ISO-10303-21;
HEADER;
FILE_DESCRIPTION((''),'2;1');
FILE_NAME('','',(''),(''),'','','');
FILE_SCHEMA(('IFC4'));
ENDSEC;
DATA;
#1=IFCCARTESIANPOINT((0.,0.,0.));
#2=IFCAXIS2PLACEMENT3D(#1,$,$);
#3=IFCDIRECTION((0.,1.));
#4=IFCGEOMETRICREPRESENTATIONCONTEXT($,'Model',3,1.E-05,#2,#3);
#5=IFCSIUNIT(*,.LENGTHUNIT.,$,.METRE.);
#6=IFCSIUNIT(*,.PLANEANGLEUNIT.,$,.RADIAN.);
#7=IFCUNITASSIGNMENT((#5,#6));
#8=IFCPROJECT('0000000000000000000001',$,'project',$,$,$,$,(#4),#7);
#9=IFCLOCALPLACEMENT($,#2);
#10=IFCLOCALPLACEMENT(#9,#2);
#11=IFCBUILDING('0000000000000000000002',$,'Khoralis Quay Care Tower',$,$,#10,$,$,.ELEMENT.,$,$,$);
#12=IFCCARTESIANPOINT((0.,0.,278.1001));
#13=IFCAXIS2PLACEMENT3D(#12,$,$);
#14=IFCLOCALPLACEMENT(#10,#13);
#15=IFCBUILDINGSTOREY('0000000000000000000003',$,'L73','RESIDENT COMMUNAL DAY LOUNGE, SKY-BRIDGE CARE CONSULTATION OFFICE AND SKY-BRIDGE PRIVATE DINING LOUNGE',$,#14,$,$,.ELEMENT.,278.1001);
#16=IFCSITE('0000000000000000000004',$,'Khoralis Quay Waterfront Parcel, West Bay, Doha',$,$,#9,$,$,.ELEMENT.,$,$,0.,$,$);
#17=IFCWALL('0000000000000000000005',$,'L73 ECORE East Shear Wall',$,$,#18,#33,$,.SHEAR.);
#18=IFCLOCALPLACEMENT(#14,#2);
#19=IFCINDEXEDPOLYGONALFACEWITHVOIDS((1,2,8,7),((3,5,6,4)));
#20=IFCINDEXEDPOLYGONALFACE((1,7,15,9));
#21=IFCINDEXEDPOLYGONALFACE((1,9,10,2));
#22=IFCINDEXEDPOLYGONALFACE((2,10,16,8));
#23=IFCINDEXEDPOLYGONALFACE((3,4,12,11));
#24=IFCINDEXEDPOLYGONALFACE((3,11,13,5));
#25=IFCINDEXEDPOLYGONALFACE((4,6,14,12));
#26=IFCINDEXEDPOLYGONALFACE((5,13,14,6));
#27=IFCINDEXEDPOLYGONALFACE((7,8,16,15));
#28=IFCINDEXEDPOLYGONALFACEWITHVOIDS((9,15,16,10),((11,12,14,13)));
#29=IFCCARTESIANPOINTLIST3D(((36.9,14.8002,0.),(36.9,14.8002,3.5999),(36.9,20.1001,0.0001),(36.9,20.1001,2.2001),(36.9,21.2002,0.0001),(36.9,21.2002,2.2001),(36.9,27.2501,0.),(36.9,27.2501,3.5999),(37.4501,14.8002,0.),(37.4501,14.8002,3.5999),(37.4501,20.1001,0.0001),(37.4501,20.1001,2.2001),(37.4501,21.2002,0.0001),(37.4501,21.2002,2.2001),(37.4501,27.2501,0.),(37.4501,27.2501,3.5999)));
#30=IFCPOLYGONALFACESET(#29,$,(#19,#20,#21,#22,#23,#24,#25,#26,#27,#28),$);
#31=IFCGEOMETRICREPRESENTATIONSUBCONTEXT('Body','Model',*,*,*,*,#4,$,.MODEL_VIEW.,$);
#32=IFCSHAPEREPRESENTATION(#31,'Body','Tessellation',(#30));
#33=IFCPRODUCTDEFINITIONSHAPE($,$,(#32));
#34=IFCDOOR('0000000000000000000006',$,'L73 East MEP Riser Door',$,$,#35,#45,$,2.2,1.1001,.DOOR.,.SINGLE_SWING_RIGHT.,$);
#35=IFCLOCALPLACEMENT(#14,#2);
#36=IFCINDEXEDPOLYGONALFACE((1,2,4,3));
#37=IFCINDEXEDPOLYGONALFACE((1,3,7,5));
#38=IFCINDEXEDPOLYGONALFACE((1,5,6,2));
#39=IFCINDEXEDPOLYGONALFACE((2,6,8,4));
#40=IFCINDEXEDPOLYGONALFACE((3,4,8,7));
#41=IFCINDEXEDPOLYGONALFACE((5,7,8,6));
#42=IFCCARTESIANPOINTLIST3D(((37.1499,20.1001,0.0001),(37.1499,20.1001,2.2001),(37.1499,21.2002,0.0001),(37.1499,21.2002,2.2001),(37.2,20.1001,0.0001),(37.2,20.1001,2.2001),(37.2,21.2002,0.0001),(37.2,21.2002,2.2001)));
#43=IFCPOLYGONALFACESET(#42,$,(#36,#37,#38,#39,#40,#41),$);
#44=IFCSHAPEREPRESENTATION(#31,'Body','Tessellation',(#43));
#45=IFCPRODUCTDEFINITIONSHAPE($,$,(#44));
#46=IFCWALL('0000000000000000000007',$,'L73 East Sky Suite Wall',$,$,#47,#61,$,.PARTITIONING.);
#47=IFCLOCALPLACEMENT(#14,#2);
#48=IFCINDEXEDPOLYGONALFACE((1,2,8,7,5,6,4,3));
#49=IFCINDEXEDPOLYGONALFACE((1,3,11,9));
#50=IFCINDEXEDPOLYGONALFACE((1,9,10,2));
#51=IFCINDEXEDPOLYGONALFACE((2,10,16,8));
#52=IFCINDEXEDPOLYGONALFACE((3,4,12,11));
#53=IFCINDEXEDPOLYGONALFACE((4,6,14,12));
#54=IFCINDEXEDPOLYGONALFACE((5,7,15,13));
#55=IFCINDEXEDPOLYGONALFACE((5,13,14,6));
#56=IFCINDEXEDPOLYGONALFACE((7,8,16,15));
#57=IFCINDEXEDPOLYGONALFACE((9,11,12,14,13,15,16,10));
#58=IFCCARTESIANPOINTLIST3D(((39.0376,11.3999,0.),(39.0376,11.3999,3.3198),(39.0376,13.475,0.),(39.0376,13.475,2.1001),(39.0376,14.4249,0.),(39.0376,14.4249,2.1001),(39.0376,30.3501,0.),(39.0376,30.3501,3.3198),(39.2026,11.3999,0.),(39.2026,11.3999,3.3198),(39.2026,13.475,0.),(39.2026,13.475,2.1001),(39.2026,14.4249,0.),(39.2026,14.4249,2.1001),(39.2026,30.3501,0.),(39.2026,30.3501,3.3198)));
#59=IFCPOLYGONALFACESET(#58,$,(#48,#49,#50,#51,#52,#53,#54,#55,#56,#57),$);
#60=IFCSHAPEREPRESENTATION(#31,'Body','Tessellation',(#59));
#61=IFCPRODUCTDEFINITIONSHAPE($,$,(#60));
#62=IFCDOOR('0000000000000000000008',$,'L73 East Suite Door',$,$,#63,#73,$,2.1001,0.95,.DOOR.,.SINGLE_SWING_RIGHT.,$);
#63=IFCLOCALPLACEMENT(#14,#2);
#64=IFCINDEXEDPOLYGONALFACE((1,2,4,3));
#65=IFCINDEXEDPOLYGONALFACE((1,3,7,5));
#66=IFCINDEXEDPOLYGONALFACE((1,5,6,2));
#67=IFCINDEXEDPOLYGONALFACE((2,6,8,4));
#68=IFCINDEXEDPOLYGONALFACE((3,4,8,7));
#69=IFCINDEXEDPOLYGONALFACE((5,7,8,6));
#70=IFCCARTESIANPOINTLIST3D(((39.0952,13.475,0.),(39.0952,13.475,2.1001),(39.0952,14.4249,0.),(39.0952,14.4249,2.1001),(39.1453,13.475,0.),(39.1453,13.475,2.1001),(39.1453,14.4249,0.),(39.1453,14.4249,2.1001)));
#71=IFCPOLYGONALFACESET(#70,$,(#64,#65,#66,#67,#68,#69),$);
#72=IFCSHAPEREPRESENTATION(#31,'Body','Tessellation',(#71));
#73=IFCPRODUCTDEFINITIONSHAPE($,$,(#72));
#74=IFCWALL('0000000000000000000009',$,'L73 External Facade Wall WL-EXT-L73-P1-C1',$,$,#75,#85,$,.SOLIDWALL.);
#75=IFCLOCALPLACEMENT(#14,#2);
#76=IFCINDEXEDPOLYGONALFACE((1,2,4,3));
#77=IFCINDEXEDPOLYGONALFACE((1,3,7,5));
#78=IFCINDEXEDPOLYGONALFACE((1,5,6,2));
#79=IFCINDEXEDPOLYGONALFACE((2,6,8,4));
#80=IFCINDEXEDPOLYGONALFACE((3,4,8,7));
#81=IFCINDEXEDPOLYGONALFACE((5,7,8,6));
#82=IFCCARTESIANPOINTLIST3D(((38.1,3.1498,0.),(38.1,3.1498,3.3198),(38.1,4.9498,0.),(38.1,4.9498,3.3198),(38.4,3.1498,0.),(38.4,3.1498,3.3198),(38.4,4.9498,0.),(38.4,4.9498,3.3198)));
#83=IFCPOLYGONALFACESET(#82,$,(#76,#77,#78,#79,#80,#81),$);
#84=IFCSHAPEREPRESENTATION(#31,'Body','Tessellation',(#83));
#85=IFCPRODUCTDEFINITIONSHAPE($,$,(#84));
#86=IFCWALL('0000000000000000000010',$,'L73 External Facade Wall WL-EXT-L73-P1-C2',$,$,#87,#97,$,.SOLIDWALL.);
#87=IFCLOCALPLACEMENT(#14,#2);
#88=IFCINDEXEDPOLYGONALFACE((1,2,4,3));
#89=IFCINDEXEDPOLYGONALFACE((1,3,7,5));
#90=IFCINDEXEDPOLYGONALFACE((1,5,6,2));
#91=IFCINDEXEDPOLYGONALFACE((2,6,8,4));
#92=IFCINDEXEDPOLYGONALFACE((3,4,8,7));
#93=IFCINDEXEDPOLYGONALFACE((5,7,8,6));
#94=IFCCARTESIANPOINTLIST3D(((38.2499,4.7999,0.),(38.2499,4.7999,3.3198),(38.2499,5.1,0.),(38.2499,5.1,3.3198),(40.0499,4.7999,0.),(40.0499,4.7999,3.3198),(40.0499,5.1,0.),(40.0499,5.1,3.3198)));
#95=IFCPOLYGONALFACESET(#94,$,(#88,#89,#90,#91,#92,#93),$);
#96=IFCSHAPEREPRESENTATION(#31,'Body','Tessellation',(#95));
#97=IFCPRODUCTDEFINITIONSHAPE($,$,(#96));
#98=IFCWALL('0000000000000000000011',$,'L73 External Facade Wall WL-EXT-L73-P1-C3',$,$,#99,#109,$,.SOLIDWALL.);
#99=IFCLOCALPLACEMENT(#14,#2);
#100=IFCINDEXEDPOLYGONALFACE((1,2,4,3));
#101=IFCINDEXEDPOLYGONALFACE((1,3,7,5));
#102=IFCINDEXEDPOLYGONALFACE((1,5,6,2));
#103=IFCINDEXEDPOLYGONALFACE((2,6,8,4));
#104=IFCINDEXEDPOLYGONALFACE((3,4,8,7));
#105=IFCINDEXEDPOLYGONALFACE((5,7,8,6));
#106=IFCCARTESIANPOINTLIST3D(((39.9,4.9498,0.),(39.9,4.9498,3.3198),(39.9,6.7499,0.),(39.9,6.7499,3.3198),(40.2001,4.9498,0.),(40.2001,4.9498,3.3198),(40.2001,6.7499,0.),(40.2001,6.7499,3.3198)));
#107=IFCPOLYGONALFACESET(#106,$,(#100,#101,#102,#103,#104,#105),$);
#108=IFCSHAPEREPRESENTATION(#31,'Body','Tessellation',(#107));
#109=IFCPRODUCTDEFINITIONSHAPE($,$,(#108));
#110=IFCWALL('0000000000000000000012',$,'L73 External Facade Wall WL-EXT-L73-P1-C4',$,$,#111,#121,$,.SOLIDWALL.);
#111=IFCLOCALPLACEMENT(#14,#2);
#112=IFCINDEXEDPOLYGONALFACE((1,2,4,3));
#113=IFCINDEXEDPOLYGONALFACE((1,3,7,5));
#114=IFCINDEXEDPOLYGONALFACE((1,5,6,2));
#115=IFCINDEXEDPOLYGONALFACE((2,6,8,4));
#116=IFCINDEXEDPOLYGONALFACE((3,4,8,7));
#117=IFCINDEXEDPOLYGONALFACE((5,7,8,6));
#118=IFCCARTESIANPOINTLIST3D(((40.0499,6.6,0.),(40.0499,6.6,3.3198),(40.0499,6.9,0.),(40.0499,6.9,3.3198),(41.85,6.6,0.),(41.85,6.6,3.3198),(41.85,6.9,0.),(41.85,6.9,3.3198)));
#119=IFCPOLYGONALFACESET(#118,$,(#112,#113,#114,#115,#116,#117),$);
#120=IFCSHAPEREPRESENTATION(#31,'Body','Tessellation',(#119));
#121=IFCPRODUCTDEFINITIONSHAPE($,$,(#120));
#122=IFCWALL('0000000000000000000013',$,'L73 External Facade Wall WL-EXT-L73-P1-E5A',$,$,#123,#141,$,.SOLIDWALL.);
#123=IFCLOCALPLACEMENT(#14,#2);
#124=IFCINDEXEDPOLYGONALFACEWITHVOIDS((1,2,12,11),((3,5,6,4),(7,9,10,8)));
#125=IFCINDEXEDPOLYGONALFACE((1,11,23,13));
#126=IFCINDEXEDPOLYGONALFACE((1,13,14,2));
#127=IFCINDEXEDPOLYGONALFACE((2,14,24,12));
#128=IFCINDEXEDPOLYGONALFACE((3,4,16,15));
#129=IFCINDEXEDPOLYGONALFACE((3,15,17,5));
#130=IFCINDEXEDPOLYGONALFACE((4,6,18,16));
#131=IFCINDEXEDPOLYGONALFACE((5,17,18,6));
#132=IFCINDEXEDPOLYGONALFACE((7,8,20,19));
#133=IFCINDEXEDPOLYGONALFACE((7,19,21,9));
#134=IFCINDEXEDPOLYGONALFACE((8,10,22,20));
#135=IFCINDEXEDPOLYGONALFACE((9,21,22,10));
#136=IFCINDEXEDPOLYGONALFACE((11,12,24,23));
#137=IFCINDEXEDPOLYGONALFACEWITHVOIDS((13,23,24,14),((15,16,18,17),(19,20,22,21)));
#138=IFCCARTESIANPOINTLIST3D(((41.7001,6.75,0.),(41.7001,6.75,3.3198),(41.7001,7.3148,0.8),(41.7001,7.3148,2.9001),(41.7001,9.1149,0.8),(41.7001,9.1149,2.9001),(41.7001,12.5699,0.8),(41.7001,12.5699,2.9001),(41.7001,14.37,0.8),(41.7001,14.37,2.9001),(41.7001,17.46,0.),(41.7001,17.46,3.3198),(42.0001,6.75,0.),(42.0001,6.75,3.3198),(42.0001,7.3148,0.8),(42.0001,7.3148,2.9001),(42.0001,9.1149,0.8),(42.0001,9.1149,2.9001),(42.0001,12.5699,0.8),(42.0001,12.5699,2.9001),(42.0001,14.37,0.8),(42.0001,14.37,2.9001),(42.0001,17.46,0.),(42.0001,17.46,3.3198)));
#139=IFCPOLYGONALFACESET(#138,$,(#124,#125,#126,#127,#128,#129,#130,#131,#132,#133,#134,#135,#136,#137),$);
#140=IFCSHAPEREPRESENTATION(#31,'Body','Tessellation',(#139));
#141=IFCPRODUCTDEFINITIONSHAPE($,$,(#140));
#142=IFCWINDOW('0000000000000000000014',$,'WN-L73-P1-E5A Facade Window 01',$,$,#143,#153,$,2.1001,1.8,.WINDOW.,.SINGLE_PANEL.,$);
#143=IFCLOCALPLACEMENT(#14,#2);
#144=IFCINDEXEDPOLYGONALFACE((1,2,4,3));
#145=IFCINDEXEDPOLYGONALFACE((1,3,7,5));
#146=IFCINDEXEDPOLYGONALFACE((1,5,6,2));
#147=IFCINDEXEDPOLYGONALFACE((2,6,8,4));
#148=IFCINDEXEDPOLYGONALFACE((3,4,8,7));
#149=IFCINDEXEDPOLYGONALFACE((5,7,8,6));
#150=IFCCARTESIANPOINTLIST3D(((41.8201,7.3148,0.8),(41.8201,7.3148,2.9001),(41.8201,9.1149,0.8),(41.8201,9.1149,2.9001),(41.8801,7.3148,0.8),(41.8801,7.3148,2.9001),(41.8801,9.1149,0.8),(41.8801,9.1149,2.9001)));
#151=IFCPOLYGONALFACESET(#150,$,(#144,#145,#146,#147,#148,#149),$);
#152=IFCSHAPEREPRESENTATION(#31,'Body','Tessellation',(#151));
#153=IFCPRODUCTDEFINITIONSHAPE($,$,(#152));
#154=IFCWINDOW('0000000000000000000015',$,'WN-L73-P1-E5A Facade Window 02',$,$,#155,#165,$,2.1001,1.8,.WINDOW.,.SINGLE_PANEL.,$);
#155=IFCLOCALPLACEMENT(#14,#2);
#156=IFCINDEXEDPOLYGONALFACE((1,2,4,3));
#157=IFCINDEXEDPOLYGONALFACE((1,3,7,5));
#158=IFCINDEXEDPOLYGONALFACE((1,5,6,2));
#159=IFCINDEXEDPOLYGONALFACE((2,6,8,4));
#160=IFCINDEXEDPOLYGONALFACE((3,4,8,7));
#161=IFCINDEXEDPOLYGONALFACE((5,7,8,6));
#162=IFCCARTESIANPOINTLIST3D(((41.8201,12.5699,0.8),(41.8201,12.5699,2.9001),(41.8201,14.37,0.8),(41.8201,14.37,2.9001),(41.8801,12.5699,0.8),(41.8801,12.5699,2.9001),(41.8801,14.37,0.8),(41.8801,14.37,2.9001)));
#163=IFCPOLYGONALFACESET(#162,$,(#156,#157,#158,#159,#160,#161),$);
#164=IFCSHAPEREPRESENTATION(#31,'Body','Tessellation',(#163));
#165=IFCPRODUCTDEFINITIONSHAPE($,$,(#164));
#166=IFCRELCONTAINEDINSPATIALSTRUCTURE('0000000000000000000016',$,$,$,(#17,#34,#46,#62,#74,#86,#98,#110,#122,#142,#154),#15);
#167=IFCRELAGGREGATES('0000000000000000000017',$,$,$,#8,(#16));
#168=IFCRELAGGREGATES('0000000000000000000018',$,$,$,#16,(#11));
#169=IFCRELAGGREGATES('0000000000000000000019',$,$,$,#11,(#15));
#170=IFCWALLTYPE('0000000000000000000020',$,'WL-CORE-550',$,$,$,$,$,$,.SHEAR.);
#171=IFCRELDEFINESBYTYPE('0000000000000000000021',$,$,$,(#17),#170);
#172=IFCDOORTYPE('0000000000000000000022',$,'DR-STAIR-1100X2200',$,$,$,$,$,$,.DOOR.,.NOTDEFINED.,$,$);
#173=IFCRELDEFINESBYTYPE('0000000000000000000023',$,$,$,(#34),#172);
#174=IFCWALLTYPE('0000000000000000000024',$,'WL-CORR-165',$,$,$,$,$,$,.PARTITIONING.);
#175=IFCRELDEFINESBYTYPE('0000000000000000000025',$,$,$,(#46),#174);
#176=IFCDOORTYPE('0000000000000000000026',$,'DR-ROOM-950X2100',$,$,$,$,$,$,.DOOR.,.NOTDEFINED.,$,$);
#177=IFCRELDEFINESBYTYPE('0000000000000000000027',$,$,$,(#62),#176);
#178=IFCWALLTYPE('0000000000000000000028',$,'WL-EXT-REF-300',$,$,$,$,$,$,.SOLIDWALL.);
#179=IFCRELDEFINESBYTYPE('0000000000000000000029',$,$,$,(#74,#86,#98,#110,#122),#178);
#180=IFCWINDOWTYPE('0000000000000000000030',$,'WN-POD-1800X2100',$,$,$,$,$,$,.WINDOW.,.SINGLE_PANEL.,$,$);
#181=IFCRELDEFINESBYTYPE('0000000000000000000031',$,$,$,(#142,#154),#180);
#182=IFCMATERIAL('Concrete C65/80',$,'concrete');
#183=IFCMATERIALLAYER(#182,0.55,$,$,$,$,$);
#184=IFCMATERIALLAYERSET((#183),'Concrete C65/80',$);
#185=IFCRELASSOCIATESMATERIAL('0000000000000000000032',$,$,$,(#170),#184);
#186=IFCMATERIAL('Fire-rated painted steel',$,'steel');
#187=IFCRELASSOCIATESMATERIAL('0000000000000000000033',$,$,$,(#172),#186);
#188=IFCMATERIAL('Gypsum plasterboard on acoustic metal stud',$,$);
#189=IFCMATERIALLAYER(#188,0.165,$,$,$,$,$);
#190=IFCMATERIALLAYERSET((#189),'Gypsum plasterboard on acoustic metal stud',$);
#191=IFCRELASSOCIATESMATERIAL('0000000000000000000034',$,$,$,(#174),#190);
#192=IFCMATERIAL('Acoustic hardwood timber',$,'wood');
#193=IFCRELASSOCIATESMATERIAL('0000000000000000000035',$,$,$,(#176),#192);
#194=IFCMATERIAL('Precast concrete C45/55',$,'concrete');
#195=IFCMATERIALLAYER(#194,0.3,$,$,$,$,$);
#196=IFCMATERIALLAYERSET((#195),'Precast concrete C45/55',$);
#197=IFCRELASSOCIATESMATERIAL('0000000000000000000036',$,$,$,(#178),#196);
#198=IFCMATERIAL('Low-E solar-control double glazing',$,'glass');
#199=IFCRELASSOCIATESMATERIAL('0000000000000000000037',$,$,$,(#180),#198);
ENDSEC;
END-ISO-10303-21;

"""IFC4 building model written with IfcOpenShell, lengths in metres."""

from ifc_helpers import new_model, si_unit, direction, frame, frame_2d, origin, place, context, subcontext, project, spatial, rectangle, extrude, source, transform, mapped, material, layer, layer_set, type_object, element, fill, save


model = new_model("IFC4")

# Units and contexts
model_context = context("Model", 3, precision=1e-05, world=origin(), true_north=direction((0.0, 1.0)))
body_context = subcontext(model_context, "Body", "Model", "MODEL_VIEW")
ifc_project = project(units=[si_unit("LENGTHUNIT", "METRE"), si_unit("PLANEANGLEUNIT", "RADIAN")], contexts=[model_context])

# Site, building, storey
site_placement = place(None, origin())
site = spatial("IfcSite", under=ifc_project, at=site_placement, Name="Khoralis Quay Waterfront Parcel, West Bay, Doha", CompositionType="ELEMENT", RefElevation=0.0)
building_placement = place(site_placement, origin())
building = spatial("IfcBuilding", under=site, at=building_placement, Name="Khoralis Quay Care Tower", CompositionType="ELEMENT")
storey_placement = place(building_placement, frame((0.0, 0.0, 278.1001)))
storey = spatial("IfcBuildingStorey", under=building, at=storey_placement, Name="L73", Description="RESIDENT COMMUNAL DAY LOUNGE, SKY-BRIDGE CARE CONSULTATION OFFICE AND SKY-BRIDGE PRIVATE DINING LOUNGE", CompositionType="ELEMENT", Elevation=278.1001)

# Shared definitions
ifc_material_1 = material(Name="Gypsum plasterboard on acoustic metal stud")

# Walls, openings, doors
ifc_material_2 = material(Name="Concrete C65/80", Category="concrete")
ifc_layer_1 = layer(ifc_material_2, 0.55)
ifc_layer_set_1 = layer_set([ifc_layer_1], Name="Concrete C65/80")
wall_type_1 = type_object("IfcWallType", Name="WL-CORE-550", PredefinedType="SHEAR", material=ifc_layer_set_1)
wall_1_placement = place(storey_placement, frame((37.175, 14.8, 0.0), z_axis=(0.0, 0.0, 1.0), x_axis=(0.0, 1.0, 0.0)))
wall_1 = element("IfcWall", 1, at=wall_1_placement, inside=storey, type_object=wall_type_1, Name="L73 ECORE East Shear Wall", PredefinedType="SHEAR", context=body_context, shape_type="SweptSolid", body=[
    extrude(rectangle(XDim=12.45, YDim=0.55, at=frame_2d((6.2251, 0.0))), origin(), (0.0, 0.0, 1.0), 3.5999),
])
opening_1_placement = place(wall_1_placement, frame((5.3, 0.0, 0.0)))
opening_1 = element("IfcOpeningElement", 2, at=opening_1_placement, cuts=wall_1, PredefinedType="OPENING", context=body_context, shape_type="SweptSolid", body=[
    extrude(rectangle(XDim=1.1001, YDim=2.2, at=frame_2d((0.55, 1.1001))), frame((0.0, 0.2852, 0.0), z_axis=(0.0, -1.0, 0.0), x_axis=(1.0, 0.0, 0.0)), (0.0, 0.0, 1.0), 0.5701),
])
ifc_material_3 = material(Name="Fire-rated painted steel", Category="steel")
door_type_1 = type_object("IfcDoorType", Name="DR-STAIR-1100X2200", OperationType="NOTDEFINED", PredefinedType="DOOR", material=ifc_material_3)
shared_shape_1 = source(origin(), body_context, "Body", "SweptSolid", [
    extrude(rectangle(XDim=1.1001, YDim=2.2, at=frame_2d((0.55, 1.1001))), frame((0.0, 0.0249, 0.0), z_axis=(0.0, -1.0, 0.0), x_axis=(1.0, 0.0, 0.0)), (0.0, 0.0, 1.0), 0.05),
])
door_1_placement = place(opening_1_placement, frame((1.1001, 0.0, 0.0), z_axis=(0.0, 0.0, 1.0), x_axis=(-1.0, 0.0, 0.0)))
door_1 = element("IfcDoor", 3, at=door_1_placement, inside=storey, type_object=door_type_1, Name="L73 East MEP Riser Door", OperationType="SINGLE_SWING_RIGHT", OverallHeight=2.2, OverallWidth=1.1001, PredefinedType="DOOR", context=body_context, shape_type="MappedRepresentation", body=[
    mapped(shared_shape_1, transform((0.0, 0.0, 0.0), scale=1.0)),
])
fill(opening_1, door_1)
ifc_layer_2 = layer(ifc_material_1, 0.165)
ifc_layer_set_2 = layer_set([ifc_layer_2], Name="Gypsum plasterboard on acoustic metal stud")
wall_type_2 = type_object("IfcWallType", Name="WL-CORR-165", PredefinedType="PARTITIONING", material=ifc_layer_set_2)
wall_2_placement = place(storey_placement, frame((39.1201, 11.3999, 0.0), z_axis=(0.0, 0.0, 1.0), x_axis=(0.0, 1.0, 0.0)))
wall_2 = element("IfcWall", 4, at=wall_2_placement, inside=storey, type_object=wall_type_2, Name="L73 East Sky Suite Wall", PredefinedType="PARTITIONING", context=body_context, shape_type="SweptSolid", body=[
    extrude(rectangle(XDim=18.9502, YDim=0.165, at=frame_2d((9.4751, 0.0))), origin(), (0.0, 0.0, 1.0), 3.3198),
])
opening_2_placement = place(wall_2_placement, frame((2.075, 0.0, 0.0)))
opening_2 = element("IfcOpeningElement", 5, at=opening_2_placement, cuts=wall_2, PredefinedType="OPENING", context=body_context, shape_type="SweptSolid", body=[
    extrude(rectangle(XDim=0.95, YDim=2.1001, at=frame_2d((0.4751, 1.05))), frame((0.0, 0.0925, 0.0), z_axis=(0.0, -1.0, 0.0), x_axis=(1.0, 0.0, 0.0)), (0.0, 0.0, 1.0), 0.1851),
])
ifc_material_4 = material(Name="Acoustic hardwood timber", Category="wood")
door_type_2 = type_object("IfcDoorType", Name="DR-ROOM-950X2100", OperationType="NOTDEFINED", PredefinedType="DOOR", material=ifc_material_4)
shared_shape_2 = source(origin(), body_context, "Body", "SweptSolid", [
    extrude(rectangle(XDim=0.95, YDim=2.1001, at=frame_2d((0.4751, 1.05))), frame((0.0, 0.0249, 0.0), z_axis=(0.0, -1.0, 0.0), x_axis=(1.0, 0.0, 0.0)), (0.0, 0.0, 1.0), 0.05),
])
door_2_placement = place(opening_2_placement, origin())
door_2 = element("IfcDoor", 6, at=door_2_placement, inside=storey, type_object=door_type_2, Name="L73 East Suite Door", OperationType="SINGLE_SWING_RIGHT", OverallHeight=2.1001, OverallWidth=0.95, PredefinedType="DOOR", context=body_context, shape_type="MappedRepresentation", body=[
    mapped(shared_shape_2, transform((0.0, 0.0, 0.0), scale=1.0)),
])
fill(opening_2, door_2)

# Walls
ifc_material_5 = material(Name="Precast concrete C45/55", Category="concrete")
ifc_layer_3 = layer(ifc_material_5, 0.3)
ifc_layer_set_3 = layer_set([ifc_layer_3], Name="Precast concrete C45/55")
wall_type_3 = type_object("IfcWallType", Name="WL-EXT-REF-300", PredefinedType="SOLIDWALL", material=ifc_layer_set_3)
for number, where, z_axis, x_axis, name in (
    (7, (38.25, 3.1499, 0.0), (0.0, 0.0, 1.0), (0.0, 1.0, 0.0), "L73 External Facade Wall WL-EXT-L73-P1-C1"),
    (8, (38.25, 4.95, 0.0), (0.0, 0.0, 1.0), (1.0, 0.0, 0.0), "L73 External Facade Wall WL-EXT-L73-P1-C2"),
    (9, (40.05, 4.95, 0.0), (0.0, 0.0, 1.0), (0.0, 1.0, 0.0), "L73 External Facade Wall WL-EXT-L73-P1-C3"),
    (10, (40.05, 6.75, 0.0), (0.0, 0.0, 1.0), (1.0, 0.0, 0.0), "L73 External Facade Wall WL-EXT-L73-P1-C4"),
):
    element("IfcWall", number, at=place(storey_placement, frame(where, z_axis=z_axis, x_axis=x_axis)), inside=storey, type_object=wall_type_3, Name=name, PredefinedType="SOLIDWALL", context=body_context, shape_type="SweptSolid", body=[
        extrude(rectangle(XDim=1.8, YDim=0.3, at=frame_2d((0.8999, 0.0))), origin(), (0.0, 0.0, 1.0), 3.3198),
    ])

# Wall, openings, windows
wall_3_placement = place(storey_placement, frame((41.8501, 6.75, 0.0), z_axis=(0.0, 0.0, 1.0), x_axis=(0.0, 1.0, 0.0)))
wall_3 = element("IfcWall", 11, at=wall_3_placement, inside=storey, type_object=wall_type_3, Name="L73 External Facade Wall WL-EXT-L73-P1-E5A", PredefinedType="SOLIDWALL", context=body_context, shape_type="SweptSolid", body=[
    extrude(rectangle(XDim=10.71, YDim=0.3, at=frame_2d((5.355, 0.0))), origin(), (0.0, 0.0, 1.0), 3.3198),
])
opening_3_placement = place(wall_3_placement, frame((0.5649, 0.0, 0.8)))
opening_3 = element("IfcOpeningElement", 12, at=opening_3_placement, cuts=wall_3, PredefinedType="OPENING", context=body_context, shape_type="SweptSolid", body=[
    extrude(rectangle(XDim=1.8, YDim=2.1001, at=frame_2d((0.8999, 1.05))), frame((0.0, 0.1602, 0.0), z_axis=(0.0, -1.0, 0.0), x_axis=(1.0, 0.0, 0.0)), (0.0, 0.0, 1.0), 0.3201),
])
opening_4_placement = place(wall_3_placement, frame((5.8201, 0.0, 0.8)))
opening_4 = element("IfcOpeningElement", 13, at=opening_4_placement, cuts=wall_3, PredefinedType="OPENING", context=body_context, shape_type="SweptSolid", body=[
    extrude(rectangle(XDim=1.8, YDim=2.1001, at=frame_2d((0.8999, 1.05))), frame((0.0, 0.1602, 0.0), z_axis=(0.0, -1.0, 0.0), x_axis=(1.0, 0.0, 0.0)), (0.0, 0.0, 1.0), 0.3201),
])
ifc_material_6 = material(Name="Low-E solar-control double glazing", Category="glass")
window_type = type_object("IfcWindowType", Name="WN-POD-1800X2100", PartitioningType="SINGLE_PANEL", PredefinedType="WINDOW", material=ifc_material_6)
shared_shape_3 = source(origin(), body_context, "Body", "SweptSolid", [
    extrude(rectangle(XDim=1.8, YDim=2.1001, at=frame_2d((0.8999, 1.05))), frame((0.0, 0.03, 0.0), z_axis=(0.0, -1.0, 0.0), x_axis=(1.0, 0.0, 0.0)), (0.0, 0.0, 1.0), 0.0601),
])
window_1_placement = place(opening_3_placement, origin())
window_1 = element("IfcWindow", 14, at=window_1_placement, inside=storey, type_object=window_type, Name="WN-L73-P1-E5A Facade Window 01", OverallHeight=2.1001, OverallWidth=1.8, PartitioningType="SINGLE_PANEL", PredefinedType="WINDOW", context=body_context, shape_type="MappedRepresentation", body=[
    mapped(shared_shape_3, transform((0.0, 0.0, 0.0), scale=1.0)),
])
fill(opening_3, window_1)
window_2_placement = place(opening_4_placement, origin())
window_2 = element("IfcWindow", 15, at=window_2_placement, inside=storey, type_object=window_type, Name="WN-L73-P1-E5A Facade Window 02", OverallHeight=2.1001, OverallWidth=1.8, PartitioningType="SINGLE_PANEL", PredefinedType="WINDOW", context=body_context, shape_type="MappedRepresentation", body=[
    mapped(shared_shape_3, transform((0.0, 0.0, 0.0), scale=1.0)),
])
fill(opening_4, window_2)

save(model, "model.ifc")
